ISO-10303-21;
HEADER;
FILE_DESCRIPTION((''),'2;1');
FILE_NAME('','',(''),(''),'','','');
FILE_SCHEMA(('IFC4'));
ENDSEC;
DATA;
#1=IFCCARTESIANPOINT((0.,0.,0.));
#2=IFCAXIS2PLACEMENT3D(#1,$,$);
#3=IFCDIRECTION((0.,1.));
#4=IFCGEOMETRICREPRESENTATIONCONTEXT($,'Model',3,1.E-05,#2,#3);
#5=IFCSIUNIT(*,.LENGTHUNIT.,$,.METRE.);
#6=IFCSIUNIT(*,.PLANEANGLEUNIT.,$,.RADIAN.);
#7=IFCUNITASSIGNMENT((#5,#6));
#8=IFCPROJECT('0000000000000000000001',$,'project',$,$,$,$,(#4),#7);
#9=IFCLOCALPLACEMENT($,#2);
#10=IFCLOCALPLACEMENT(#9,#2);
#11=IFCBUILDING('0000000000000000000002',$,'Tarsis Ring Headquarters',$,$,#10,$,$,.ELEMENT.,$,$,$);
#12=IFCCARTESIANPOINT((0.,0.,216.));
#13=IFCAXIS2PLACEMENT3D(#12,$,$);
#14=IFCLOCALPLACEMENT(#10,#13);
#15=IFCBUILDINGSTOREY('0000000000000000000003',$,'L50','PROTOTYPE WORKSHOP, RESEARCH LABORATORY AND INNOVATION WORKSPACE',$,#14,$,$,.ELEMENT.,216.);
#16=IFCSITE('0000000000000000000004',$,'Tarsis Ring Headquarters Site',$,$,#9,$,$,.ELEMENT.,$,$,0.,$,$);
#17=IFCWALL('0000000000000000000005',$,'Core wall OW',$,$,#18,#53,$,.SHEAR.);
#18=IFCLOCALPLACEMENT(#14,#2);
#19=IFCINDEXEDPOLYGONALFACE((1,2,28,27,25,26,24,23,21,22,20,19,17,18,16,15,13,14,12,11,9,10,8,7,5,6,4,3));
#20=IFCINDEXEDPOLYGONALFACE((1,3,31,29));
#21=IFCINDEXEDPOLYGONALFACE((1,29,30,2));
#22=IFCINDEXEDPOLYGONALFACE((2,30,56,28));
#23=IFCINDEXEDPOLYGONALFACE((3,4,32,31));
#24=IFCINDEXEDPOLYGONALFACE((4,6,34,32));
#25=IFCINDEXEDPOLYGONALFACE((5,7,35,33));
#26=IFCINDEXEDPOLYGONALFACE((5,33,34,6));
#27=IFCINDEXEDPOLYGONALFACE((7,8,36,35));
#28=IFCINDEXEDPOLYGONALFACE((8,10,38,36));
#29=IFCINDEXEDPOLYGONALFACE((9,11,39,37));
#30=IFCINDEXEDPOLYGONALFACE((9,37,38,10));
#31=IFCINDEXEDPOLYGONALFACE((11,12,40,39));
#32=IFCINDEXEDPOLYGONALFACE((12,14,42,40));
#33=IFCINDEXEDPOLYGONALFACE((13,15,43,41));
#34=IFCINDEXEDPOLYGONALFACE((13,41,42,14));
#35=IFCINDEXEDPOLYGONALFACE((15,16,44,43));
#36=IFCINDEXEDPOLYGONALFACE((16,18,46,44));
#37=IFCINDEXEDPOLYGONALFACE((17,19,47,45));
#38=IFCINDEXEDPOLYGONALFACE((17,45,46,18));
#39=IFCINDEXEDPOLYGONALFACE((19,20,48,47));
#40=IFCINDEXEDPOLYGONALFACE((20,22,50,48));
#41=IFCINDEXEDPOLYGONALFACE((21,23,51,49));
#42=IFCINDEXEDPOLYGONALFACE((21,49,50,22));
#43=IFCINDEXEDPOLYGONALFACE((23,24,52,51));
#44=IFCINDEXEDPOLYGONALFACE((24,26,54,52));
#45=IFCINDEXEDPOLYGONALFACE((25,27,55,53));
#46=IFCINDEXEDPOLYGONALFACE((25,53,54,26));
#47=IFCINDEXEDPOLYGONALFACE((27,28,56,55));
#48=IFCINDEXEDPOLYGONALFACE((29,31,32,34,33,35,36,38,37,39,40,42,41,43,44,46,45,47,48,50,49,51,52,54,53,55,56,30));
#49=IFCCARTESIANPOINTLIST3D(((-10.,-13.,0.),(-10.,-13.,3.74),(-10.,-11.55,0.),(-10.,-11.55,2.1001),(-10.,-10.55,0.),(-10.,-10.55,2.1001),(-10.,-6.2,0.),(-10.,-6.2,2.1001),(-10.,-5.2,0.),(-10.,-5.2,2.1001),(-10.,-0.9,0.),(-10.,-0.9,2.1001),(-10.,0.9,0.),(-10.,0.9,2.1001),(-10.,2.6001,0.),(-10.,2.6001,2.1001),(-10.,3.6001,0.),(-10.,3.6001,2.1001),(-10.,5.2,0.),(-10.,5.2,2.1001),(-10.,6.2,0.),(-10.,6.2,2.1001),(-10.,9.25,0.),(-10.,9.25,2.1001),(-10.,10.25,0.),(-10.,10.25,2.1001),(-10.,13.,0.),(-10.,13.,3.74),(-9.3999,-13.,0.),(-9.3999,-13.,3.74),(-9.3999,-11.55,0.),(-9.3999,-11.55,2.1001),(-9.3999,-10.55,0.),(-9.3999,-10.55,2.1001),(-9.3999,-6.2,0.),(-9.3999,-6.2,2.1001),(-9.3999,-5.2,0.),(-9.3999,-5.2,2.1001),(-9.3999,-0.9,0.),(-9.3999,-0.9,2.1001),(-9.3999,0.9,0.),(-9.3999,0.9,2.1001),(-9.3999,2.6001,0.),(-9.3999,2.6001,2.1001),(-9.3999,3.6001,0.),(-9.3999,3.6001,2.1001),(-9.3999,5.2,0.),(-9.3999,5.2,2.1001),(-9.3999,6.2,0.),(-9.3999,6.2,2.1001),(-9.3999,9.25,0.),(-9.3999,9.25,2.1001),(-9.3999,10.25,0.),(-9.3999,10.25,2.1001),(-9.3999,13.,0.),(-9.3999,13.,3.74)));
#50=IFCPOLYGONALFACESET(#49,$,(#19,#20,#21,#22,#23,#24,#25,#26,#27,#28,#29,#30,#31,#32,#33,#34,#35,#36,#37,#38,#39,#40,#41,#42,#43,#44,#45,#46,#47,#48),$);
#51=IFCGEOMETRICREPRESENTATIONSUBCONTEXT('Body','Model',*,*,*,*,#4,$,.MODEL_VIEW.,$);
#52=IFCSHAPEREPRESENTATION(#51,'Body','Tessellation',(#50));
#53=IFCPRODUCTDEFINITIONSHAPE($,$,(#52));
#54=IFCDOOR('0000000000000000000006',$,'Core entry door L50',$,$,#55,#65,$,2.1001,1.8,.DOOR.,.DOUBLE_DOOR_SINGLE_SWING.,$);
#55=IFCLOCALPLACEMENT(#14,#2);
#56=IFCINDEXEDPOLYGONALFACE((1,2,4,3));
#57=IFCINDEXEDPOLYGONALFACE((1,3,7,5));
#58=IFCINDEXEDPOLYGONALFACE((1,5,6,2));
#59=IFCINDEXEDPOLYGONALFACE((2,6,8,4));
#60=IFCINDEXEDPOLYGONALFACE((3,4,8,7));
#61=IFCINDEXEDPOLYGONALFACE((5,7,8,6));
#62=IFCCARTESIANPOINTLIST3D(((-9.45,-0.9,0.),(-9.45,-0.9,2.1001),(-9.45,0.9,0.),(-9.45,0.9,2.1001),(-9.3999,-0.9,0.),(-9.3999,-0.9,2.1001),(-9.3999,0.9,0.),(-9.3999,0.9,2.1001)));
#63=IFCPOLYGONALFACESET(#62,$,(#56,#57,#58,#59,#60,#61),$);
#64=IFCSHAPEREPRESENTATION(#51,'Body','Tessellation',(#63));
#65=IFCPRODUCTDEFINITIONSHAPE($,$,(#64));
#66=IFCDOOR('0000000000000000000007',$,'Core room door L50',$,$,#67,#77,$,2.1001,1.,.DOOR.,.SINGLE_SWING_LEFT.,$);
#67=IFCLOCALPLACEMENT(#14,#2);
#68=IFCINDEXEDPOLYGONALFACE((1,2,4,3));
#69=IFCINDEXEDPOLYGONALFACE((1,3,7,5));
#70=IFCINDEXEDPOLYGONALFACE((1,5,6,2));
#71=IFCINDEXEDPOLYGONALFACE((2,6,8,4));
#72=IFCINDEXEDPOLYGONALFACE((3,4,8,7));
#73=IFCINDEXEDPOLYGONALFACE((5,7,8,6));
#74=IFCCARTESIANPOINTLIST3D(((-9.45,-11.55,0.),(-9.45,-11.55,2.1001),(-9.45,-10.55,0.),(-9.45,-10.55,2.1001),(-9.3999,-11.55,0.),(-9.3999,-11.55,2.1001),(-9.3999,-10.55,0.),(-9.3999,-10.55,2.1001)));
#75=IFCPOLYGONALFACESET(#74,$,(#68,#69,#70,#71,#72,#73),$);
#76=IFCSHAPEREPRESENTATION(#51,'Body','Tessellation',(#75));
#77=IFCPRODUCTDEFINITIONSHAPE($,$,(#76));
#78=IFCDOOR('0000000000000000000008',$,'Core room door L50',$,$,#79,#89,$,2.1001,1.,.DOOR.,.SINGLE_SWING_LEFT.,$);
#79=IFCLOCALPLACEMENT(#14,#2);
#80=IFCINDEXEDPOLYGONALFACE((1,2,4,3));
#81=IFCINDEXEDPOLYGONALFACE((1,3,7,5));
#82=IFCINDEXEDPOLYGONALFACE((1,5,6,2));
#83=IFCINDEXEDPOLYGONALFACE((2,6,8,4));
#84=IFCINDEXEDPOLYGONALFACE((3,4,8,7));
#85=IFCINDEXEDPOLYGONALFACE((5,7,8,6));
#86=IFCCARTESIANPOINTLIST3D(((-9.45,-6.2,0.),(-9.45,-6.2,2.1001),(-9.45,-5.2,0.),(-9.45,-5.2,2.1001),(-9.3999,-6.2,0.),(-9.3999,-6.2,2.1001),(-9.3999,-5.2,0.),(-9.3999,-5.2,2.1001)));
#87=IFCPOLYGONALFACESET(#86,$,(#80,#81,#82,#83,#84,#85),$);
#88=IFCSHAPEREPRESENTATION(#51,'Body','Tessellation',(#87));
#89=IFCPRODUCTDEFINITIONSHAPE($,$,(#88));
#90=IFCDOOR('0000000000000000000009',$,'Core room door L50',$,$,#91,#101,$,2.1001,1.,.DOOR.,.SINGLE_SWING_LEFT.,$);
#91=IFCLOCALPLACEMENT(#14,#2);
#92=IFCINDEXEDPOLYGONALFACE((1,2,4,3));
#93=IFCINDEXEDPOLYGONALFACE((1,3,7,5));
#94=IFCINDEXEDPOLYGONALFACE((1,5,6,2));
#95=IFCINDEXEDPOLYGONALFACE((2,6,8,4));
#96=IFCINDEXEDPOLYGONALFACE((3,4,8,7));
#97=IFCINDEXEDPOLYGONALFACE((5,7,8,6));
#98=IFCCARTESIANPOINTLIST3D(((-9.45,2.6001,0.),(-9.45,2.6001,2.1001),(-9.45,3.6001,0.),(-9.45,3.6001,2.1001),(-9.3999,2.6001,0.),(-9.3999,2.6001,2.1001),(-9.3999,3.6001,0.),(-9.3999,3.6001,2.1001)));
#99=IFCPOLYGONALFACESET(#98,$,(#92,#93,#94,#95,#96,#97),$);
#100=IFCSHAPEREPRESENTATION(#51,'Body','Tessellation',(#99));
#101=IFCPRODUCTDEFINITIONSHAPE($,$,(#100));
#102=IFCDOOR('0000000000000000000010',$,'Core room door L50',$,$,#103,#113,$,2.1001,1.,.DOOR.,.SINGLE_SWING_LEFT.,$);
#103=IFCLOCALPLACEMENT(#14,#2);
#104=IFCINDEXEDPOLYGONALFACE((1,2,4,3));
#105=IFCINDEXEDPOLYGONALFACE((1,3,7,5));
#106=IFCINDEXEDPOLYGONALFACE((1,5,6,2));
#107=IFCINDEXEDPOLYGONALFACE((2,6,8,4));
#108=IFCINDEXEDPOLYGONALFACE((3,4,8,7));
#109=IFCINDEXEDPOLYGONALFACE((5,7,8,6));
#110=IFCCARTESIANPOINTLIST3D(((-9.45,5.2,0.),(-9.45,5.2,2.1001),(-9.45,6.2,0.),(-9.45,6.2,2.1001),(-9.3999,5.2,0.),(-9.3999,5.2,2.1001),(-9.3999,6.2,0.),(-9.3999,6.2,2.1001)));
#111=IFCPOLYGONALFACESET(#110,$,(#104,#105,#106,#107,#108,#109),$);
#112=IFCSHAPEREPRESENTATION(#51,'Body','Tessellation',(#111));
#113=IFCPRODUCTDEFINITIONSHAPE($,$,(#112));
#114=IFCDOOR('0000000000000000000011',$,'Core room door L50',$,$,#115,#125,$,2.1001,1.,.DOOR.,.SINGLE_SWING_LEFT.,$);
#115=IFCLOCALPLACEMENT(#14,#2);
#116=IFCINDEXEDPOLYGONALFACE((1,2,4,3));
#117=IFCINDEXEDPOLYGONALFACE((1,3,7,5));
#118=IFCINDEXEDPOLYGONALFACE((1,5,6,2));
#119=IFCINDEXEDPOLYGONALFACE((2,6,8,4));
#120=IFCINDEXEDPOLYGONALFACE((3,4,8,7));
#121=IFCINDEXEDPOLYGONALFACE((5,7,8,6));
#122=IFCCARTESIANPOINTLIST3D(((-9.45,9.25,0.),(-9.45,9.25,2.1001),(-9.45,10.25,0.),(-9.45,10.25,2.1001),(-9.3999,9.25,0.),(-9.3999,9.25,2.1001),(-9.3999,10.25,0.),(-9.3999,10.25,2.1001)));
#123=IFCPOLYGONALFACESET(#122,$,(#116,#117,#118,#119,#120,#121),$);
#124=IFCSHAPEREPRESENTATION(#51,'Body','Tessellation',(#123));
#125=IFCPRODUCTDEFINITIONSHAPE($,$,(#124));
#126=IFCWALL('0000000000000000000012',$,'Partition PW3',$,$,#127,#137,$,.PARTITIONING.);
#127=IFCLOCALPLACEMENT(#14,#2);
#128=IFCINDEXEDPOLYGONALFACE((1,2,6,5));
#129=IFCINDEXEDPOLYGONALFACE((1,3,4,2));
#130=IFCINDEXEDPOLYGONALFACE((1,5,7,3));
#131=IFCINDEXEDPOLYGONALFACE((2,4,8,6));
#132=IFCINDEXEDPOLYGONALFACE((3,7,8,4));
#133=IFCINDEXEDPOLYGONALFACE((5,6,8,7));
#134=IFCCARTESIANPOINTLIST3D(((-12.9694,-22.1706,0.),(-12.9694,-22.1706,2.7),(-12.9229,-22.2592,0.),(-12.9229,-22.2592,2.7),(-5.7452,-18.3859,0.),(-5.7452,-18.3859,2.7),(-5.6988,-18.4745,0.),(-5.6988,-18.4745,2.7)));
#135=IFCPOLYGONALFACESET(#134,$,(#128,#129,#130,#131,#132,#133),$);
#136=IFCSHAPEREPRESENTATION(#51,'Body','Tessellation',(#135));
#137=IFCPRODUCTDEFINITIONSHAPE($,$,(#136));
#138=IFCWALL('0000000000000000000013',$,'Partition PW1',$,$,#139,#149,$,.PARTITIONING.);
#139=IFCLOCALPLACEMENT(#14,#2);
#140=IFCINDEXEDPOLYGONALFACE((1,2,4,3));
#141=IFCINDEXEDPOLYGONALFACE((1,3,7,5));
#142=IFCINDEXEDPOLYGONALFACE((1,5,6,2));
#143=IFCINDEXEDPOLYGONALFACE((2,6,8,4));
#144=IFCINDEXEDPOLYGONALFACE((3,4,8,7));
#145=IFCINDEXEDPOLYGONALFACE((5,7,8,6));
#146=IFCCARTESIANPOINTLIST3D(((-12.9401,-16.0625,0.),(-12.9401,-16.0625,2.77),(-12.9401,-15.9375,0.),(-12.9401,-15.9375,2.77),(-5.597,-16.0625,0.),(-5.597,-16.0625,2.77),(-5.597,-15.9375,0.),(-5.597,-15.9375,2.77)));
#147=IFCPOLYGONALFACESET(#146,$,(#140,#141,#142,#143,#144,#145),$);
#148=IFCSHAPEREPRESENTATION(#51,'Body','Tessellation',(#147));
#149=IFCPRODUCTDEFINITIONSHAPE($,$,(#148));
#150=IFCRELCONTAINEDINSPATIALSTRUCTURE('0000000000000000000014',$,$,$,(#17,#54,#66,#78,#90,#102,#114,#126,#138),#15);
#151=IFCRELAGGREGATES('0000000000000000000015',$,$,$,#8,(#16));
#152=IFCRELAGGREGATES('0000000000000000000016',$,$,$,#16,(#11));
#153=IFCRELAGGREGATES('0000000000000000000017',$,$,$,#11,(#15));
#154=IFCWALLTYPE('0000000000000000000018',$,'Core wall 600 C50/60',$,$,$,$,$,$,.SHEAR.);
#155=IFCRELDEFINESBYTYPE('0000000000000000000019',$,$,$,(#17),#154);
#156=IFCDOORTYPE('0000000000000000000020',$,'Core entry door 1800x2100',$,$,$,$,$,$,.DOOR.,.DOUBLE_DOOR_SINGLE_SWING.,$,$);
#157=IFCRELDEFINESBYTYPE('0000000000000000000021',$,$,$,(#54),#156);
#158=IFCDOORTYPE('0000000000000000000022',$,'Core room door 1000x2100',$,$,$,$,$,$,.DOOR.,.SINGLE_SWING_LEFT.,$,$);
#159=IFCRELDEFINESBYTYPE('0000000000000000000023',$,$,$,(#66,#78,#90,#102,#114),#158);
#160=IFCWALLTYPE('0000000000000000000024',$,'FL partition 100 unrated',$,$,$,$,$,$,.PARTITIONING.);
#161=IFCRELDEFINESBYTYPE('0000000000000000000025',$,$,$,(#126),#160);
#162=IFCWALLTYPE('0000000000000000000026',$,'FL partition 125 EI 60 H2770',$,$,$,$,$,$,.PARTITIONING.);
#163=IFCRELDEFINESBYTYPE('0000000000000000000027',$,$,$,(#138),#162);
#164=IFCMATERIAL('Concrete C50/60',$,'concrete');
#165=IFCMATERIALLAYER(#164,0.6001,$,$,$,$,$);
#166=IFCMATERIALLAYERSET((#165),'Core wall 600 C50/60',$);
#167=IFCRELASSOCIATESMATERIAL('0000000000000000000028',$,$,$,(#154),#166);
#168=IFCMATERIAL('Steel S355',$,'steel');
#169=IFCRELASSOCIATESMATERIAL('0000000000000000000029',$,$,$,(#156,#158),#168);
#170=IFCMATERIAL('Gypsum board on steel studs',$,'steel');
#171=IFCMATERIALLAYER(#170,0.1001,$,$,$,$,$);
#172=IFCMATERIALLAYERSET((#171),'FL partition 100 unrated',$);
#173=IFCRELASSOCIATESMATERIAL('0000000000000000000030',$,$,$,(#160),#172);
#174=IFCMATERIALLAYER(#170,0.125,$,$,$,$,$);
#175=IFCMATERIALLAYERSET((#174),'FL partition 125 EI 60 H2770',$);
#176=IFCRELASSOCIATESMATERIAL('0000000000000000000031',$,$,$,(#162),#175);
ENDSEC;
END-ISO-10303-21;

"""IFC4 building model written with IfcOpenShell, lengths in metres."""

from ifc_helpers import new_model, si_unit, direction, frame, frame_2d, origin, place, context, subcontext, project, spatial, rectangle, extrude, material, layer, layer_set, type_object, element, fill, save


model = new_model("IFC4")

# Units and contexts
model_context = context("Model", 3, precision=1e-05, world=origin(), true_north=direction((0.0, 1.0)))
body_context = subcontext(model_context, "Body", "Model", "MODEL_VIEW")
ifc_project = project(units=[si_unit("LENGTHUNIT", "METRE"), si_unit("PLANEANGLEUNIT", "RADIAN")], contexts=[model_context])

# Site, building, storey
site_placement = place(None, origin())
site = spatial("IfcSite", under=ifc_project, at=site_placement, Name="Tarsis Ring Headquarters Site", CompositionType="ELEMENT", RefElevation=0.0)
building_placement = place(site_placement, origin())
building = spatial("IfcBuilding", under=site, at=building_placement, Name="Tarsis Ring Headquarters", CompositionType="ELEMENT")
storey_placement = place(building_placement, frame((0.0, 0.0, 216.0)))
storey = spatial("IfcBuildingStorey", under=building, at=storey_placement, Name="L50", Description="PROTOTYPE WORKSHOP, RESEARCH LABORATORY AND INNOVATION WORKSPACE", CompositionType="ELEMENT", Elevation=216.0)

# Wall, openings, doors
ifc_material_1 = material(Name="Concrete C50/60", Category="concrete")
ifc_layer_1 = layer(ifc_material_1, 0.6001)
ifc_layer_set_1 = layer_set([ifc_layer_1], Name="Core wall 600 C50/60")
wall_type_1 = type_object("IfcWallType", Name="Core wall 600 C50/60", PredefinedType="SHEAR", material=ifc_layer_set_1)
wall_1_placement = place(storey_placement, frame((-9.7, -13.0, 0.0), z_axis=(0.0, 0.0, 1.0), x_axis=(0.0, 1.0, 0.0)))
wall_1 = element("IfcWall", 1, at=wall_1_placement, inside=storey, type_object=wall_type_1, Name="Core wall OW", PredefinedType="SHEAR", context=body_context, shape_type="SweptSolid", body=[
    extrude(rectangle(XDim=26.0, YDim=0.6001, at=frame_2d((13.0, 0.0))), origin(), (0.0, 0.0, 1.0), 3.74),
])
opening_1_placement = place(wall_1_placement, frame((1.45, 0.0, 0.0)))
opening_1 = element("IfcOpeningElement", 2, at=opening_1_placement, cuts=wall_1, PredefinedType="OPENING", context=body_context, shape_type="SweptSolid", body=[
    extrude(rectangle(XDim=1.0, YDim=2.1001, at=frame_2d((0.5, 1.05))), frame((0.0, 0.3101, 0.0), z_axis=(0.0, -1.0, 0.0), x_axis=(1.0, 0.0, 0.0)), (0.0, 0.0, 1.0), 0.6201),
])
opening_2_placement = place(wall_1_placement, frame((6.8, 0.0, 0.0)))
opening_2 = element("IfcOpeningElement", 3, at=opening_2_placement, cuts=wall_1, PredefinedType="OPENING", context=body_context, shape_type="SweptSolid", body=[
    extrude(rectangle(XDim=1.0, YDim=2.1001, at=frame_2d((0.5, 1.05))), frame((0.0, 0.3101, 0.0), z_axis=(0.0, -1.0, 0.0), x_axis=(1.0, 0.0, 0.0)), (0.0, 0.0, 1.0), 0.6201),
])
opening_3_placement = place(wall_1_placement, frame((12.1001, 0.0, 0.0)))
opening_3 = element("IfcOpeningElement", 4, at=opening_3_placement, cuts=wall_1, PredefinedType="OPENING", context=body_context, shape_type="SweptSolid", body=[
    extrude(rectangle(XDim=1.8, YDim=2.1001, at=frame_2d((0.8999, 1.05))), frame((0.0, 0.3101, 0.0), z_axis=(0.0, -1.0, 0.0), x_axis=(1.0, 0.0, 0.0)), (0.0, 0.0, 1.0), 0.6201),
])
opening_4_placement = place(wall_1_placement, frame((15.6001, 0.0, 0.0)))
opening_4 = element("IfcOpeningElement", 5, at=opening_4_placement, cuts=wall_1, PredefinedType="OPENING", context=body_context, shape_type="SweptSolid", body=[
    extrude(rectangle(XDim=1.0, YDim=2.1001, at=frame_2d((0.5, 1.05))), frame((0.0, 0.3101, 0.0), z_axis=(0.0, -1.0, 0.0), x_axis=(1.0, 0.0, 0.0)), (0.0, 0.0, 1.0), 0.6201),
])
opening_5_placement = place(wall_1_placement, frame((18.2, 0.0, 0.0)))
opening_5 = element("IfcOpeningElement", 6, at=opening_5_placement, cuts=wall_1, PredefinedType="OPENING", context=body_context, shape_type="SweptSolid", body=[
    extrude(rectangle(XDim=1.0, YDim=2.1001, at=frame_2d((0.5, 1.05))), frame((0.0, 0.3101, 0.0), z_axis=(0.0, -1.0, 0.0), x_axis=(1.0, 0.0, 0.0)), (0.0, 0.0, 1.0), 0.6201),
])
opening_6_placement = place(wall_1_placement, frame((22.25, 0.0, 0.0)))
opening_6 = element("IfcOpeningElement", 7, at=opening_6_placement, cuts=wall_1, PredefinedType="OPENING", context=body_context, shape_type="SweptSolid", body=[
    extrude(rectangle(XDim=1.0, YDim=2.1001, at=frame_2d((0.5, 1.05))), frame((0.0, 0.3101, 0.0), z_axis=(0.0, -1.0, 0.0), x_axis=(1.0, 0.0, 0.0)), (0.0, 0.0, 1.0), 0.6201),
])
ifc_material_2 = material(Name="Steel S355", Category="steel")
door_type_1 = type_object("IfcDoorType", Name="Core entry door 1800x2100", OperationType="DOUBLE_DOOR_SINGLE_SWING", PredefinedType="DOOR", material=ifc_material_2)
door_1_placement = place(opening_3_placement, origin())
door_1 = element("IfcDoor", 8, at=door_1_placement, inside=storey, type_object=door_type_1, Name="Core entry door L50", OperationType="DOUBLE_DOOR_SINGLE_SWING", OverallHeight=2.1001, OverallWidth=1.8, PredefinedType="DOOR", context=body_context, shape_type="SweptSolid", body=[
    extrude(rectangle(XDim=1.8, YDim=2.1001, at=frame_2d((0.8999, 1.05))), frame((0.0, -0.25, 0.0), z_axis=(0.0, -1.0, 0.0), x_axis=(1.0, 0.0, 0.0)), (0.0, 0.0, 1.0), 0.05),
])
fill(opening_3, door_1)
door_type_2 = type_object("IfcDoorType", Name="Core room door 1000x2100", OperationType="SINGLE_SWING_LEFT", PredefinedType="DOOR", material=ifc_material_2)
door_2_placement = place(opening_1_placement, origin())
door_2 = element("IfcDoor", 9, at=door_2_placement, inside=storey, type_object=door_type_2, Name="Core room door L50", OperationType="SINGLE_SWING_LEFT", OverallHeight=2.1001, OverallWidth=1.0, PredefinedType="DOOR", context=body_context, shape_type="SweptSolid", body=[
    extrude(rectangle(XDim=1.0, YDim=2.1001, at=frame_2d((0.5, 1.05))), frame((0.0, -0.25, 0.0), z_axis=(0.0, -1.0, 0.0), x_axis=(1.0, 0.0, 0.0)), (0.0, 0.0, 1.0), 0.05),
])
fill(opening_1, door_2)
door_3_placement = place(opening_2_placement, origin())
door_3 = element("IfcDoor", 10, at=door_3_placement, inside=storey, type_object=door_type_2, Name="Core room door L50", OperationType="SINGLE_SWING_LEFT", OverallHeight=2.1001, OverallWidth=1.0, PredefinedType="DOOR", context=body_context, shape_type="SweptSolid", body=[
    extrude(rectangle(XDim=1.0, YDim=2.1001, at=frame_2d((0.5, 1.05))), frame((0.0, -0.25, 0.0), z_axis=(0.0, -1.0, 0.0), x_axis=(1.0, 0.0, 0.0)), (0.0, 0.0, 1.0), 0.05),
])
fill(opening_2, door_3)
door_4_placement = place(opening_4_placement, origin())
door_4 = element("IfcDoor", 11, at=door_4_placement, inside=storey, type_object=door_type_2, Name="Core room door L50", OperationType="SINGLE_SWING_LEFT", OverallHeight=2.1001, OverallWidth=1.0, PredefinedType="DOOR", context=body_context, shape_type="SweptSolid", body=[
    extrude(rectangle(XDim=1.0, YDim=2.1001, at=frame_2d((0.5, 1.05))), frame((0.0, -0.25, 0.0), z_axis=(0.0, -1.0, 0.0), x_axis=(1.0, 0.0, 0.0)), (0.0, 0.0, 1.0), 0.05),
])
fill(opening_4, door_4)
door_5_placement = place(opening_5_placement, origin())
door_5 = element("IfcDoor", 12, at=door_5_placement, inside=storey, type_object=door_type_2, Name="Core room door L50", OperationType="SINGLE_SWING_LEFT", OverallHeight=2.1001, OverallWidth=1.0, PredefinedType="DOOR", context=body_context, shape_type="SweptSolid", body=[
    extrude(rectangle(XDim=1.0, YDim=2.1001, at=frame_2d((0.5, 1.05))), frame((0.0, -0.25, 0.0), z_axis=(0.0, -1.0, 0.0), x_axis=(1.0, 0.0, 0.0)), (0.0, 0.0, 1.0), 0.05),
])
fill(opening_5, door_5)
door_6_placement = place(opening_6_placement, origin())
door_6 = element("IfcDoor", 13, at=door_6_placement, inside=storey, type_object=door_type_2, Name="Core room door L50", OperationType="SINGLE_SWING_LEFT", OverallHeight=2.1001, OverallWidth=1.0, PredefinedType="DOOR", context=body_context, shape_type="SweptSolid", body=[
    extrude(rectangle(XDim=1.0, YDim=2.1001, at=frame_2d((0.5, 1.05))), frame((0.0, -0.25, 0.0), z_axis=(0.0, -1.0, 0.0), x_axis=(1.0, 0.0, 0.0)), (0.0, 0.0, 1.0), 0.05),
])
fill(opening_6, door_6)

# Walls
ifc_material_3 = material(Name="Gypsum board on steel studs", Category="steel")
ifc_layer_2 = layer(ifc_material_3, 0.1001)
ifc_layer_set_2 = layer_set([ifc_layer_2], Name="FL partition 100 unrated")
wall_type_2 = type_object("IfcWallType", Name="FL partition 100 unrated", PredefinedType="PARTITIONING", material=ifc_layer_set_2)
wall_2_placement = place(storey_placement, frame((-12.946, -22.2148, 0.0), z_axis=(0.0, 0.0, 1.0), x_axis=(0.885801, 0.464065, 0.0)))
element("IfcWall", 14, at=wall_2_placement, inside=storey, type_object=wall_type_2, Name="Partition PW3", PredefinedType="PARTITIONING", context=body_context, shape_type="SweptSolid", body=[
    extrude(rectangle(XDim=8.1555, YDim=0.1001, at=frame_2d((4.0776, 0.0))), origin(), (0.0, 0.0, 1.0), 2.7),
])
ifc_layer_3 = layer(ifc_material_3, 0.125)
ifc_layer_set_3 = layer_set([ifc_layer_3], Name="FL partition 125 EI 60 H2770")
wall_type_3 = type_object("IfcWallType", Name="FL partition 125 EI 60 H2770", PredefinedType="PARTITIONING", material=ifc_layer_set_3)
wall_3_placement = place(storey_placement, frame((-12.9399, -16.0, 0.0), z_axis=(0.0, 0.0, 1.0), x_axis=(1.0, 0.0, 0.0)))
element("IfcWall", 15, at=wall_3_placement, inside=storey, type_object=wall_type_3, Name="Partition PW1", PredefinedType="PARTITIONING", context=body_context, shape_type="SweptSolid", body=[
    extrude(rectangle(XDim=7.343, YDim=0.125, at=frame_2d((3.6714, 0.0))), origin(), (0.0, 0.0, 1.0), 2.77),
])

save(model, "model.ifc")
